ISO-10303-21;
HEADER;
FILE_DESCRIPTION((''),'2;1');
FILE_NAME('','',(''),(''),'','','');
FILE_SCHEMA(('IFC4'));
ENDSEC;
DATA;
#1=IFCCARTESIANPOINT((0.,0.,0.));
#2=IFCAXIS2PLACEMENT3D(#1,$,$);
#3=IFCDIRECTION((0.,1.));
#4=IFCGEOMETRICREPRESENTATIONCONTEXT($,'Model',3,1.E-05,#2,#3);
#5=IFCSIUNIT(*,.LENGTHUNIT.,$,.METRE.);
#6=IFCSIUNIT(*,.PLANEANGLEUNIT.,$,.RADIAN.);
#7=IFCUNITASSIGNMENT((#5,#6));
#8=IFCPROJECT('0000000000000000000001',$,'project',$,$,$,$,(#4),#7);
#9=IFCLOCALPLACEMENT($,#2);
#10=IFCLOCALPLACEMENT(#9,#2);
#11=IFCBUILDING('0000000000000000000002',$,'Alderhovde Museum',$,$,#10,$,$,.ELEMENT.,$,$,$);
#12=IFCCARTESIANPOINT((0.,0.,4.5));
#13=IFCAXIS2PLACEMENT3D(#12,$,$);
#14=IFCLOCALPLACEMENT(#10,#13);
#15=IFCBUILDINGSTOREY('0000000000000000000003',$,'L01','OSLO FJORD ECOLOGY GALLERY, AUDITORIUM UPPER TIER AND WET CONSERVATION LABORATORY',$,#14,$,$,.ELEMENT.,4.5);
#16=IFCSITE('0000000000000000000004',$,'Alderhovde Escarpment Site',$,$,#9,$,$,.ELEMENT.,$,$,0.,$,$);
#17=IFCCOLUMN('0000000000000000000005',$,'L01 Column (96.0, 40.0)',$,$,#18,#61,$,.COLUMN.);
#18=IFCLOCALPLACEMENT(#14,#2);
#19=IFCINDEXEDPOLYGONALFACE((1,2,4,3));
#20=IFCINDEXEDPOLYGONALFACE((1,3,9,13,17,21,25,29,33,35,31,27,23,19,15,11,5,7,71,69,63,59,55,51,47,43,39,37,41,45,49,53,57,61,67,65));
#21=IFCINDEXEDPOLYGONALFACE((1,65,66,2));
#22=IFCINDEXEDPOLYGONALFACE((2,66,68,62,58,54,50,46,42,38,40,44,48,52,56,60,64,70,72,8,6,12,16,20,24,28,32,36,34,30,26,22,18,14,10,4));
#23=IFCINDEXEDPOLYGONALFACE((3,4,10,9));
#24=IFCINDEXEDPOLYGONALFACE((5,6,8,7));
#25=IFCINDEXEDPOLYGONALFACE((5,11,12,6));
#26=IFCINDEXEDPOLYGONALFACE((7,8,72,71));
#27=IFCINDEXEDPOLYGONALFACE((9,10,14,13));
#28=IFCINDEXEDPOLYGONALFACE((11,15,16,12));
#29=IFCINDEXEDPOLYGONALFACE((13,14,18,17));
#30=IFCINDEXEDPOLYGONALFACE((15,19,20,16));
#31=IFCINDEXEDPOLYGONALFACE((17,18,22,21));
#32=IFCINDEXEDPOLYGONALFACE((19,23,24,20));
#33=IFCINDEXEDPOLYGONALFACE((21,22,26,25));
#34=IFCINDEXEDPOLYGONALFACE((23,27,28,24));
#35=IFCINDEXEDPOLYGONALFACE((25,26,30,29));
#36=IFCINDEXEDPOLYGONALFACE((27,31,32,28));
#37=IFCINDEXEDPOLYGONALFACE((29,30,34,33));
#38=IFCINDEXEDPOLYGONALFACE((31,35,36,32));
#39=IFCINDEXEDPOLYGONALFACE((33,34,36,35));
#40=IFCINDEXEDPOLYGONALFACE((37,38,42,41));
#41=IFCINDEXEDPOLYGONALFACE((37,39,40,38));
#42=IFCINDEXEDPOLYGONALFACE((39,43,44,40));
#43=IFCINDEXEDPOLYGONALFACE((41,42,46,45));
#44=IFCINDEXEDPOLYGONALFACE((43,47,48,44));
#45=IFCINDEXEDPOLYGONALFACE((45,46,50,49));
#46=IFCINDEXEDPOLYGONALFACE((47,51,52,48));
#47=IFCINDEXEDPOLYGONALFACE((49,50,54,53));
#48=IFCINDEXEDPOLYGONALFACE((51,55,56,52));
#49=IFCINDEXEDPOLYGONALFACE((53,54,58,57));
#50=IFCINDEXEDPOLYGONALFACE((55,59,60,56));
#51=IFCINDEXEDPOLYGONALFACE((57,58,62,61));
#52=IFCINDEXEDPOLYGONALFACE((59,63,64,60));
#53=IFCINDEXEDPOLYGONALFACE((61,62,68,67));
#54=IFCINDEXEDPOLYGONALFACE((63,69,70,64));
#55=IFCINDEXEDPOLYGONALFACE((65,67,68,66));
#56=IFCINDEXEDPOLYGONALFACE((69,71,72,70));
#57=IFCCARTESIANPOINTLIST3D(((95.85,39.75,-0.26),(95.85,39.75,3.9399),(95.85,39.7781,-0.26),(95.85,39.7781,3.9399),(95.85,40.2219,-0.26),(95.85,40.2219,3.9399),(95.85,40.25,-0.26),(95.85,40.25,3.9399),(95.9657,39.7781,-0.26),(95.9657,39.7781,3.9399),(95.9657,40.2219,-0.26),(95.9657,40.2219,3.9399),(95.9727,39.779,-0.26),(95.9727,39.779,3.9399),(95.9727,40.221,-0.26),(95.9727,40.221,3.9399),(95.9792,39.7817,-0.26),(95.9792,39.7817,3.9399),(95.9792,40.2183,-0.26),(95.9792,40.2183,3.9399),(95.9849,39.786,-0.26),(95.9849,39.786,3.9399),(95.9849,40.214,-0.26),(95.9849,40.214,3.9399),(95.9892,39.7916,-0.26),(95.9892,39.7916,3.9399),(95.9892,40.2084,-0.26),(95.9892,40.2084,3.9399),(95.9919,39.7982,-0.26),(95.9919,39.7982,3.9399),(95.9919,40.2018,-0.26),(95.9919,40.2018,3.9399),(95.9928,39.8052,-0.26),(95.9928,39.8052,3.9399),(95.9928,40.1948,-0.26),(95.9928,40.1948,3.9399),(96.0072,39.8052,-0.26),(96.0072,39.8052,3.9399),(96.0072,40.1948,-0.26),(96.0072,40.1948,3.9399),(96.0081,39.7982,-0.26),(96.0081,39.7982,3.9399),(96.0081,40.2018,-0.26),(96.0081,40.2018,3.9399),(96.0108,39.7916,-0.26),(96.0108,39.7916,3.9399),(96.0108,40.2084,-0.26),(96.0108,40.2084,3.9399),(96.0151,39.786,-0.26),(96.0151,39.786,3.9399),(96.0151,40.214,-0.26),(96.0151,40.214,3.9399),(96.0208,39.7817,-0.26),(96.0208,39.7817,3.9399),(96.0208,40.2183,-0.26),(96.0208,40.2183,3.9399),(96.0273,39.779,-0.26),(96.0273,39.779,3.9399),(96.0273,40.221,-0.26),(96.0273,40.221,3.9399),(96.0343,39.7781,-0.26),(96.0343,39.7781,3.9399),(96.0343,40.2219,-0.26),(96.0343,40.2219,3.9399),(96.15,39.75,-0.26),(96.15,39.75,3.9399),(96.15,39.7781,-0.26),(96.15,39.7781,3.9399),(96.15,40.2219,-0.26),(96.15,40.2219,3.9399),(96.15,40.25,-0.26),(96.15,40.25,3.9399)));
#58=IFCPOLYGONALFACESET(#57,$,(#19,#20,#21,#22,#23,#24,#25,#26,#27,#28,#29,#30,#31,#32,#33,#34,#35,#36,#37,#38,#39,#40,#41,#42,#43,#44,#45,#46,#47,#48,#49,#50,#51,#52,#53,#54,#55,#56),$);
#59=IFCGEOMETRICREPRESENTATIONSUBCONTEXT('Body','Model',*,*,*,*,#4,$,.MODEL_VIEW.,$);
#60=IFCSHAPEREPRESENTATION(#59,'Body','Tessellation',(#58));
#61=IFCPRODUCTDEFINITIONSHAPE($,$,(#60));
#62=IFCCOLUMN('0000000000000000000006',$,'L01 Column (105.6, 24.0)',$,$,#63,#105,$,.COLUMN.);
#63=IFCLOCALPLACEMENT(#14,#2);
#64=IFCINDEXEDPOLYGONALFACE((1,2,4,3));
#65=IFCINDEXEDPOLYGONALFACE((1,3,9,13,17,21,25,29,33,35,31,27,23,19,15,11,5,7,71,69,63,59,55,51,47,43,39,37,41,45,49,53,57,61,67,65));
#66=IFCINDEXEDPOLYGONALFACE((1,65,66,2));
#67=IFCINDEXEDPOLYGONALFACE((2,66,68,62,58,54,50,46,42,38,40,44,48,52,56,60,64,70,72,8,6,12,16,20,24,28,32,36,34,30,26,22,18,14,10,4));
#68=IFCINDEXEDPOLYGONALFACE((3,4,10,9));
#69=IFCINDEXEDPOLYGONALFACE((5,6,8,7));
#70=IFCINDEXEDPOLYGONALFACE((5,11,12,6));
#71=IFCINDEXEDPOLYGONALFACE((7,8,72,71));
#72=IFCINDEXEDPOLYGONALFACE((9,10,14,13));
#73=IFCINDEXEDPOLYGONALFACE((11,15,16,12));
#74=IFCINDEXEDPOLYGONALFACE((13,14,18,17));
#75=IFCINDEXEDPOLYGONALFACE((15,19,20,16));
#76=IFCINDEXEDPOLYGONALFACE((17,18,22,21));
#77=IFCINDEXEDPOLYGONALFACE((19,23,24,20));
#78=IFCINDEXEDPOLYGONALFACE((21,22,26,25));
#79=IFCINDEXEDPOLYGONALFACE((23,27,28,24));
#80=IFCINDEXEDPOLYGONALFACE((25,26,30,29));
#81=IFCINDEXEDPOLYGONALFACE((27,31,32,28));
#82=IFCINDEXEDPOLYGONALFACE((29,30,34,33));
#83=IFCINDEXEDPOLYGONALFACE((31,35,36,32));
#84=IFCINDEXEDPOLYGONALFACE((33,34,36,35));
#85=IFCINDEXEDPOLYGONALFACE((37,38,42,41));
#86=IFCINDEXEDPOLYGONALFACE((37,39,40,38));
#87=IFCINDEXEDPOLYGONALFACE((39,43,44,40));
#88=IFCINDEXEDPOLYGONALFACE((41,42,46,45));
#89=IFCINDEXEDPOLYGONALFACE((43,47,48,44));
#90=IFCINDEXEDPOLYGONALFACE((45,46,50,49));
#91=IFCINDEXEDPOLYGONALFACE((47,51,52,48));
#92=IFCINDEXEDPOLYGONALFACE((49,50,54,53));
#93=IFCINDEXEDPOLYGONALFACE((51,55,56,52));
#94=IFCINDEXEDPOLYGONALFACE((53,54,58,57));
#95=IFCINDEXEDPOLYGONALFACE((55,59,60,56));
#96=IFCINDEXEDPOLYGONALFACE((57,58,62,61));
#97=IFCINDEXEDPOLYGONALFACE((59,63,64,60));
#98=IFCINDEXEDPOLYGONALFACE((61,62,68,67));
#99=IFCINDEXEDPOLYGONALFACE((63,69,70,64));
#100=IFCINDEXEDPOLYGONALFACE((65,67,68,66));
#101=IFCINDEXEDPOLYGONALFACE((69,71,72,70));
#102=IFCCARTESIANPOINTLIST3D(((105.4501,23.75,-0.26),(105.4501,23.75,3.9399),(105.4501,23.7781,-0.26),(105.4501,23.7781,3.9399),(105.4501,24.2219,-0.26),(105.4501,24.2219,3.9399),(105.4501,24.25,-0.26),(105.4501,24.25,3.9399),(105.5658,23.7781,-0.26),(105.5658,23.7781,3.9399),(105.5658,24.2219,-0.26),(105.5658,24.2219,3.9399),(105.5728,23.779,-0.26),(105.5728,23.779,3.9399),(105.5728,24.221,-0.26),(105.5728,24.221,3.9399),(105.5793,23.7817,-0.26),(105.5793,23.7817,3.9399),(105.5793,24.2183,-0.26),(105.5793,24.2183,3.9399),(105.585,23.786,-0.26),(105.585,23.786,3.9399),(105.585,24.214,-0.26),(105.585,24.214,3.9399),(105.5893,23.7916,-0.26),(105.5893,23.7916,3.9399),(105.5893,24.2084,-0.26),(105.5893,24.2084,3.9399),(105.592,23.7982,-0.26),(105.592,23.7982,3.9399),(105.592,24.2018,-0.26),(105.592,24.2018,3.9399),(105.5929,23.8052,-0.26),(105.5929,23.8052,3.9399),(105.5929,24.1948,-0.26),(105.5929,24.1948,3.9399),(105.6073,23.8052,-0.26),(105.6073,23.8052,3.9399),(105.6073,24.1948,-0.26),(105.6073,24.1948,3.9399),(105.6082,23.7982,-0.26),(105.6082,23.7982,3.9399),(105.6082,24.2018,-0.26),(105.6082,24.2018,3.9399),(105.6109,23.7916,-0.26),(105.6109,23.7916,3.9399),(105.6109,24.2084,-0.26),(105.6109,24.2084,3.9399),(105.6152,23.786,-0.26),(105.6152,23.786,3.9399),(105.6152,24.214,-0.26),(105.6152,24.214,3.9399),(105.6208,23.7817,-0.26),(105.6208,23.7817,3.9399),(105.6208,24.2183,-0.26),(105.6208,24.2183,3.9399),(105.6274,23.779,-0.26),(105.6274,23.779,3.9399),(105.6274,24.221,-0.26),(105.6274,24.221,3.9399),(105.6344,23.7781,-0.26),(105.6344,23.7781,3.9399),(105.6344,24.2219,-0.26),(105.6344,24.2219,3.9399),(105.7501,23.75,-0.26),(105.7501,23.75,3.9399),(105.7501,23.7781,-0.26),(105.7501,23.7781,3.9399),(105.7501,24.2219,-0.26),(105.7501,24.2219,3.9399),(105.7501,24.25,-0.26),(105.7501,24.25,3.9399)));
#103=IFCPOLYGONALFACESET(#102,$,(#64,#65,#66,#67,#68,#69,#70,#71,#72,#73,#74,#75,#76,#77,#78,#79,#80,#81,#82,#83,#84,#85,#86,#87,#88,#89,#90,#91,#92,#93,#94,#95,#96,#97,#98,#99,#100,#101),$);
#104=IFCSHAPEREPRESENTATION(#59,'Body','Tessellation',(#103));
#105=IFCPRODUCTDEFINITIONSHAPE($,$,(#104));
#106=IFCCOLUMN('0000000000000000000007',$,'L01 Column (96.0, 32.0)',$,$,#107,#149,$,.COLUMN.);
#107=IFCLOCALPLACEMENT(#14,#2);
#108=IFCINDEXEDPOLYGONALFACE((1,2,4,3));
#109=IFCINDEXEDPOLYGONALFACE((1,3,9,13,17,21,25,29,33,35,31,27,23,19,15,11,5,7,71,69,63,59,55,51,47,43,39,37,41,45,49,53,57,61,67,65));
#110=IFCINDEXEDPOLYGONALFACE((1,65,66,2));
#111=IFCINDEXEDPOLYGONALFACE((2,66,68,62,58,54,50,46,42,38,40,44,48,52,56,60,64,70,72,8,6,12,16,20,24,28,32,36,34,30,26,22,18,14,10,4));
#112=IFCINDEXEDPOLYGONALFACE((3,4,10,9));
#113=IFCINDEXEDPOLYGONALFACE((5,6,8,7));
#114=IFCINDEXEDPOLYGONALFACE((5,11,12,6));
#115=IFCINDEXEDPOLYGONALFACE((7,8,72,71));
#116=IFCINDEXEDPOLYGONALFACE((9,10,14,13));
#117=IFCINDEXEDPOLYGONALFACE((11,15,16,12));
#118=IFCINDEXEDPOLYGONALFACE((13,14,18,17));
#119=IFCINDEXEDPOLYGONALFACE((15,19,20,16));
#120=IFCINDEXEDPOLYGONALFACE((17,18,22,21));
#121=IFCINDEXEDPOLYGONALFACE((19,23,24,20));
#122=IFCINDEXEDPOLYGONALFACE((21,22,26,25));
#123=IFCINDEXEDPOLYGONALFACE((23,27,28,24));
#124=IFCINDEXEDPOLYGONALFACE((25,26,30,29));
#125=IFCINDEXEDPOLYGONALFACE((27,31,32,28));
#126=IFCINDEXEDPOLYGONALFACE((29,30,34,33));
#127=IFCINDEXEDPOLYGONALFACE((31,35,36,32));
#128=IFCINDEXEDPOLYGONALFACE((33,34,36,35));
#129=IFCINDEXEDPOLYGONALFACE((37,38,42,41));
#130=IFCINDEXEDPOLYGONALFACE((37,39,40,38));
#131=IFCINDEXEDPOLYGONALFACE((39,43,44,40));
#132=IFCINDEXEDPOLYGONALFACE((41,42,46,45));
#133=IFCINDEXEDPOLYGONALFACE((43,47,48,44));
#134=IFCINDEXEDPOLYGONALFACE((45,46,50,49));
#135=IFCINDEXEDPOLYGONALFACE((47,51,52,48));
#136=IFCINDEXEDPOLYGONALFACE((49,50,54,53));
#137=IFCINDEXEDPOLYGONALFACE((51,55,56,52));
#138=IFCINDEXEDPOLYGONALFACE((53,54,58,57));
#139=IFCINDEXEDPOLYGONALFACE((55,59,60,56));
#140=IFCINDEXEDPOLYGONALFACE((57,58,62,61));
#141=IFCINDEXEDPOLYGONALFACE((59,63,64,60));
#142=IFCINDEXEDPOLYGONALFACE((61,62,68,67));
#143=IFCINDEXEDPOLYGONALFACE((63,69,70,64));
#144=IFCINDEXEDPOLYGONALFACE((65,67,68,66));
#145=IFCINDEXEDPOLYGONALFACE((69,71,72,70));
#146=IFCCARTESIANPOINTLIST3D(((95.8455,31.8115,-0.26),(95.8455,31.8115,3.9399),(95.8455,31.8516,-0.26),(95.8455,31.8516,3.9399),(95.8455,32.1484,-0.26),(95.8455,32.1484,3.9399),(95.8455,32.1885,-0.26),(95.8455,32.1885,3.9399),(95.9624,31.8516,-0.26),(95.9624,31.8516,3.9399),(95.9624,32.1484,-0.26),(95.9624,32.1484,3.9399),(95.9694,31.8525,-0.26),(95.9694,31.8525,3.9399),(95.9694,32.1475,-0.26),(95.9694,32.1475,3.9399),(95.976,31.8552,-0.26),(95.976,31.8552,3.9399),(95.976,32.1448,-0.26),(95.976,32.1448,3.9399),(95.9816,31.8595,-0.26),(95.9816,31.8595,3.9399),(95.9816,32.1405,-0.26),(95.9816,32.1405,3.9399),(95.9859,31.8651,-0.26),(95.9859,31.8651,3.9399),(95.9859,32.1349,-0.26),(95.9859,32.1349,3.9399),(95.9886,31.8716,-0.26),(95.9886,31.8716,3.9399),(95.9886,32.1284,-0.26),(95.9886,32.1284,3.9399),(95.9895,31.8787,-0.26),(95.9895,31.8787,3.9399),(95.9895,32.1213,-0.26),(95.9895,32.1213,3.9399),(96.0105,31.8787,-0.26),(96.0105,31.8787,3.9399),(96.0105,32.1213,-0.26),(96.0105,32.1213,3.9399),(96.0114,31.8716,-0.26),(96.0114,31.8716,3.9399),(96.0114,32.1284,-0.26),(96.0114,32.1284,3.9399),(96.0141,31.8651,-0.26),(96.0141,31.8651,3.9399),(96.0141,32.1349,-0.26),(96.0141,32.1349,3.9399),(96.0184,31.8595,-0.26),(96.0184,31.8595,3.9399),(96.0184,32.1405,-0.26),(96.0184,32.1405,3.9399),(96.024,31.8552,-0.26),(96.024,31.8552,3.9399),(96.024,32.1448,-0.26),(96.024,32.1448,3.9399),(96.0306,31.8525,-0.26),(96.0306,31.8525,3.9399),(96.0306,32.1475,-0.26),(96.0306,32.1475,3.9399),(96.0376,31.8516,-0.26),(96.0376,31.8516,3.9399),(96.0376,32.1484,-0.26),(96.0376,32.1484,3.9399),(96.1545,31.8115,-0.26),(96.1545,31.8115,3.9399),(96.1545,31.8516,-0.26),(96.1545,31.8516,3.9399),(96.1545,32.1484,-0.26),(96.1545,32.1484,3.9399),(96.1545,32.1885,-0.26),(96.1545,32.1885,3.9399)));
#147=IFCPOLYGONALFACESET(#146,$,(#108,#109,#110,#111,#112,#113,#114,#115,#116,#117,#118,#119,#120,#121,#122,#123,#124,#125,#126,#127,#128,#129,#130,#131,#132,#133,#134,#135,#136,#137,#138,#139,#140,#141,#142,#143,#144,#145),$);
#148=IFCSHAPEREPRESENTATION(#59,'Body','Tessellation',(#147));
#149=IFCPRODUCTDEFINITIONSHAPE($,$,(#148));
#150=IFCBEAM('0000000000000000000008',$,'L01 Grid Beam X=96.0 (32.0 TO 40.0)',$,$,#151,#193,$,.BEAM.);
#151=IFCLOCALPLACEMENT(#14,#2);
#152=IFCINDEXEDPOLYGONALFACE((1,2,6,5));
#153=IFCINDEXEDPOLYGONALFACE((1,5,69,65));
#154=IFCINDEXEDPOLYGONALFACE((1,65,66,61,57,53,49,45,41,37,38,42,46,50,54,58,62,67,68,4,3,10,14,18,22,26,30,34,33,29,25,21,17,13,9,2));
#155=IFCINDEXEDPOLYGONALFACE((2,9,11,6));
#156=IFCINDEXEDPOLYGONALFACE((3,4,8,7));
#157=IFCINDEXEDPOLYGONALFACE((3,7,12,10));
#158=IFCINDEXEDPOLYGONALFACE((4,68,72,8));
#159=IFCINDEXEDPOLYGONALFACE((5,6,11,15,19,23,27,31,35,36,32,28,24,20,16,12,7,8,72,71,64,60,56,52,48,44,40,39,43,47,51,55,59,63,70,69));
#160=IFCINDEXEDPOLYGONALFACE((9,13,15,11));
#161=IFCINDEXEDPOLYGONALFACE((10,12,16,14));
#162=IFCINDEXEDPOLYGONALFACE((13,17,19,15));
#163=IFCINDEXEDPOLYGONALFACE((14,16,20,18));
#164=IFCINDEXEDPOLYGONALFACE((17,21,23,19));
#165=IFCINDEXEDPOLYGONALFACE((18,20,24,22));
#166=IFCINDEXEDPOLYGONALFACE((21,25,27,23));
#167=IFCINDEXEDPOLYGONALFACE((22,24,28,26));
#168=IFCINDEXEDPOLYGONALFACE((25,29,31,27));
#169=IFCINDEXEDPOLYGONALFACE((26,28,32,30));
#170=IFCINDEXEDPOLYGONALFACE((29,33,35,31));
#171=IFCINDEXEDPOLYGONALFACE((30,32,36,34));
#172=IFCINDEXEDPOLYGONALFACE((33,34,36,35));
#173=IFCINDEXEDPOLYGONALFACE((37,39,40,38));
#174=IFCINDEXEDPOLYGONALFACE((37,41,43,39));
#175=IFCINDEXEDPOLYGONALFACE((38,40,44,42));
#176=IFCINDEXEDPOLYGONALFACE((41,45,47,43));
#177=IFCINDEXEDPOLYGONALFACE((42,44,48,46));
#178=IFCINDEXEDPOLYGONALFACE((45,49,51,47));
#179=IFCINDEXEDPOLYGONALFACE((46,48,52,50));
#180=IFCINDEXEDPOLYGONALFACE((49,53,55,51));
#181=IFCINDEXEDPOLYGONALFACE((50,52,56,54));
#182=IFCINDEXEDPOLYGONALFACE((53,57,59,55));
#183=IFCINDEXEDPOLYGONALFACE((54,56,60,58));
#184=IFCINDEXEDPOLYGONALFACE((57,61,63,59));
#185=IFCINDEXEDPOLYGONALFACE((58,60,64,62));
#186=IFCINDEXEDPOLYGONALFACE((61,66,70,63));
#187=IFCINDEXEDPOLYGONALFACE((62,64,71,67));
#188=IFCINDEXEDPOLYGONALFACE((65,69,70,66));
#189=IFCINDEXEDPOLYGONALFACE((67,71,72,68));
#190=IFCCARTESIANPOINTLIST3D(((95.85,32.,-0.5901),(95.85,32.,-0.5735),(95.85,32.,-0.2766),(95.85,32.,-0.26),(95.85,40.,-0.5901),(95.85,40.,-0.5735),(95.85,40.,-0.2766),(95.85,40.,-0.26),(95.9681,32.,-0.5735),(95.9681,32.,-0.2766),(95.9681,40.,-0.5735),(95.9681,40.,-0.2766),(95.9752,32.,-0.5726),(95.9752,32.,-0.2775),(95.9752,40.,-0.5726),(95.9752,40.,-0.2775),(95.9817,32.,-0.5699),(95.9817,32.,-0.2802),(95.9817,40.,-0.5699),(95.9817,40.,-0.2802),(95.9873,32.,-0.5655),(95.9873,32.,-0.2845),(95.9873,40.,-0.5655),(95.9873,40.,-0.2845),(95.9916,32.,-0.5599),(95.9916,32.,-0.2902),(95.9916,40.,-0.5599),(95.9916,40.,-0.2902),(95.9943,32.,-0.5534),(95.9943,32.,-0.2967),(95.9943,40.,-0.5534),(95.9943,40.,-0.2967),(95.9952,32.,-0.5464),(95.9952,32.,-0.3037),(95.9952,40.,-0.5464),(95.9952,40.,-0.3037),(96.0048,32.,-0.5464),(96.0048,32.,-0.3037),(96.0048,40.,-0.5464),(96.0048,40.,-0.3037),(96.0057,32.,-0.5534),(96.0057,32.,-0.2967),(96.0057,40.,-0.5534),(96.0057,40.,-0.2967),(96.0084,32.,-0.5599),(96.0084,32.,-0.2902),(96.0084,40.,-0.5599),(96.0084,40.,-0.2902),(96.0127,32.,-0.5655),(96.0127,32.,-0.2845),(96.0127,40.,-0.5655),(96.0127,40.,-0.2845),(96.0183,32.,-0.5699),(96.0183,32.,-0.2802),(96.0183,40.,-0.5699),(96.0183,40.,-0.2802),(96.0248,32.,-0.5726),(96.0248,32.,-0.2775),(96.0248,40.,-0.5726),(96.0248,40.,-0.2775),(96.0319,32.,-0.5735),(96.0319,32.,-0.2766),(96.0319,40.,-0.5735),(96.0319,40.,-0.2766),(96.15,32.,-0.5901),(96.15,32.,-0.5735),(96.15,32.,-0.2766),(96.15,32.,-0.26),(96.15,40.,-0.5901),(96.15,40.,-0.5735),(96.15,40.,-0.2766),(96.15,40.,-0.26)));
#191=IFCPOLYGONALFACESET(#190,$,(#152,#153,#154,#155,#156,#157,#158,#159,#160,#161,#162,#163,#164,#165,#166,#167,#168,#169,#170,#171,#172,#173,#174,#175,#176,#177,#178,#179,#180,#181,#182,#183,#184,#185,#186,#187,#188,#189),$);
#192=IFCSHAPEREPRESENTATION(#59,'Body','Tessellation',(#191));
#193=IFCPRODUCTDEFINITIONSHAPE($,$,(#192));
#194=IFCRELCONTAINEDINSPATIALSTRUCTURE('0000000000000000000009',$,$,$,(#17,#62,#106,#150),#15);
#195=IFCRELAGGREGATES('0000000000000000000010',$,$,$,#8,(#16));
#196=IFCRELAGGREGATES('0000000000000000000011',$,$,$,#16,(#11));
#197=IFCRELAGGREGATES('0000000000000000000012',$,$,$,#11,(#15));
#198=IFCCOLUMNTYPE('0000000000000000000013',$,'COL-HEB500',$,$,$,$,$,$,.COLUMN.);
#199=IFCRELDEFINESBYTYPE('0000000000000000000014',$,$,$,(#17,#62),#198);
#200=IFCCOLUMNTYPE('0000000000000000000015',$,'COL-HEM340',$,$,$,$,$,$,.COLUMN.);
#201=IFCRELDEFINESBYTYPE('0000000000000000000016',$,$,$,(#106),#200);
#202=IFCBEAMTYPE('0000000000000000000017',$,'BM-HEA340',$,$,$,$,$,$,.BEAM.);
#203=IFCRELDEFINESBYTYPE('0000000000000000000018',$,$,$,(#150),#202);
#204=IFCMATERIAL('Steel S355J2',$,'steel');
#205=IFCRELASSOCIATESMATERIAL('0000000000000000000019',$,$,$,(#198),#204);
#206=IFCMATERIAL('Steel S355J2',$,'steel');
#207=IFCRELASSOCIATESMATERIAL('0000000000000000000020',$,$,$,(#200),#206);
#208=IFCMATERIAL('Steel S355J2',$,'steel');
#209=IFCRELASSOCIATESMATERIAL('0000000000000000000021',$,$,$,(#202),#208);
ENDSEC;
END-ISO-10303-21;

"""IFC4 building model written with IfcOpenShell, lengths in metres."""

from ifc_helpers import new_model, si_unit, direction, frame, origin, origin_2d, place, context, subcontext, project, spatial, i_section, extrude, material, material_profile, profile_set, type_object, element, save


model = new_model("IFC4")

# Units and contexts
model_context = context("Model", 3, precision=1e-05, world=origin(), true_north=direction((0.0, 1.0)))
body_context = subcontext(model_context, "Body", "Model", "MODEL_VIEW")
ifc_project = project(units=[si_unit("LENGTHUNIT", "METRE"), si_unit("PLANEANGLEUNIT", "RADIAN")], contexts=[model_context])

# Site, building, storey
site_placement = place(None, origin())
site = spatial("IfcSite", under=ifc_project, at=site_placement, Name="Alderhovde Escarpment Site", CompositionType="ELEMENT", RefElevation=0.0)
building_placement = place(site_placement, origin())
building = spatial("IfcBuilding", under=site, at=building_placement, Name="Alderhovde Museum", CompositionType="ELEMENT")
storey_placement = place(building_placement, frame((0.0, 0.0, 4.5)))
storey = spatial("IfcBuildingStorey", under=building, at=storey_placement, Name="L01", Description="OSLO FJORD ECOLOGY GALLERY, AUDITORIUM UPPER TIER AND WET CONSERVATION LABORATORY", CompositionType="ELEMENT", Elevation=4.5)

# Columns
ifc_material_1 = material(Name="Steel S355J2", Category="steel")
ifc_material_profile_1 = material_profile(ifc_material_1, i_section(OverallWidth=0.3, OverallDepth=0.5, WebThickness=0.0144, FlangeThickness=0.0281, FilletRadius=0.0271, at=origin_2d()), Name="HEB 500")
ifc_profile_set_1 = profile_set([ifc_material_profile_1], Name="Steel S355J2")
column_type_1 = type_object("IfcColumnType", Name="COL-HEB500", PredefinedType="COLUMN", material=ifc_profile_set_1)
for number, where, z_axis, x_axis, name in (
    (1, (96.0, 40.0, -0.26), (0.0, 0.0, 1.0), (1.0, 0.0, 0.0), "L01 Column (96.0, 40.0)"),
    (2, (105.6001, 24.0, -0.26), (0.0, 0.0, 1.0), (1.0, 0.0, 0.0), "L01 Column (105.6, 24.0)"),
):
    element("IfcColumn", number, at=place(storey_placement, frame(where, z_axis=z_axis, x_axis=x_axis)), inside=storey, type_object=column_type_1, Name=name, PredefinedType="COLUMN", context=body_context, shape_type="SweptSolid", body=[
        extrude(i_section(OverallWidth=0.3, OverallDepth=0.5, WebThickness=0.0144, FlangeThickness=0.0281, FilletRadius=0.0271, at=origin_2d()), origin(), (0.0, 0.0, 1.0), 4.2),
    ])
ifc_material_2 = material(Name="Steel S355J2", Category="steel")
ifc_material_profile_2 = material_profile(ifc_material_2, i_section(OverallWidth=0.3091, OverallDepth=0.377, WebThickness=0.021, FlangeThickness=0.04, FilletRadius=0.0271, at=origin_2d()), Name="HEM 340")
ifc_profile_set_2 = profile_set([ifc_material_profile_2], Name="Steel S355J2")
column_type_2 = type_object("IfcColumnType", Name="COL-HEM340", PredefinedType="COLUMN", material=ifc_profile_set_2)
column_placement = place(storey_placement, frame((96.0, 32.0, -0.26), z_axis=(0.0, 0.0, 1.0), x_axis=(1.0, 0.0, 0.0)))
element("IfcColumn", 3, at=column_placement, inside=storey, type_object=column_type_2, Name="L01 Column (96.0, 32.0)", PredefinedType="COLUMN", context=body_context, shape_type="SweptSolid", body=[
    extrude(i_section(OverallWidth=0.3091, OverallDepth=0.377, WebThickness=0.021, FlangeThickness=0.04, FilletRadius=0.0271, at=origin_2d()), origin(), (0.0, 0.0, 1.0), 4.2),
])

# Beam
ifc_material_3 = material(Name="Steel S355J2", Category="steel")
ifc_material_profile_3 = material_profile(ifc_material_3, i_section(OverallWidth=0.3, OverallDepth=0.3301, WebThickness=0.0095, FlangeThickness=0.0166, FilletRadius=0.0271, at=origin_2d()), Name="HEA 340")
ifc_profile_set_3 = profile_set([ifc_material_profile_3], Name="Steel S355J2")
beam_type_1 = type_object("IfcBeamType", Name="BM-HEA340", PredefinedType="BEAM", material=ifc_profile_set_3)
for number, where, z_axis, x_axis, name in (
    (4, (96.0, 32.0, -0.425), (0.0, 1.0, 0.0), (-1.0, 0.0, 0.0), "L01 Grid Beam X=96.0 (32.0 TO 40.0)"),
):
    element("IfcBeam", number, at=place(storey_placement, frame(where, z_axis=z_axis, x_axis=x_axis)), inside=storey, type_object=beam_type_1, Name=name, PredefinedType="BEAM", context=body_context, shape_type="SweptSolid", body=[
        extrude(i_section(OverallWidth=0.3, OverallDepth=0.3301, WebThickness=0.0095, FlangeThickness=0.0166, FilletRadius=0.0271, at=origin_2d()), origin(), (0.0, 0.0, 1.0), 8.0),
    ])

save(model, "model.ifc")
